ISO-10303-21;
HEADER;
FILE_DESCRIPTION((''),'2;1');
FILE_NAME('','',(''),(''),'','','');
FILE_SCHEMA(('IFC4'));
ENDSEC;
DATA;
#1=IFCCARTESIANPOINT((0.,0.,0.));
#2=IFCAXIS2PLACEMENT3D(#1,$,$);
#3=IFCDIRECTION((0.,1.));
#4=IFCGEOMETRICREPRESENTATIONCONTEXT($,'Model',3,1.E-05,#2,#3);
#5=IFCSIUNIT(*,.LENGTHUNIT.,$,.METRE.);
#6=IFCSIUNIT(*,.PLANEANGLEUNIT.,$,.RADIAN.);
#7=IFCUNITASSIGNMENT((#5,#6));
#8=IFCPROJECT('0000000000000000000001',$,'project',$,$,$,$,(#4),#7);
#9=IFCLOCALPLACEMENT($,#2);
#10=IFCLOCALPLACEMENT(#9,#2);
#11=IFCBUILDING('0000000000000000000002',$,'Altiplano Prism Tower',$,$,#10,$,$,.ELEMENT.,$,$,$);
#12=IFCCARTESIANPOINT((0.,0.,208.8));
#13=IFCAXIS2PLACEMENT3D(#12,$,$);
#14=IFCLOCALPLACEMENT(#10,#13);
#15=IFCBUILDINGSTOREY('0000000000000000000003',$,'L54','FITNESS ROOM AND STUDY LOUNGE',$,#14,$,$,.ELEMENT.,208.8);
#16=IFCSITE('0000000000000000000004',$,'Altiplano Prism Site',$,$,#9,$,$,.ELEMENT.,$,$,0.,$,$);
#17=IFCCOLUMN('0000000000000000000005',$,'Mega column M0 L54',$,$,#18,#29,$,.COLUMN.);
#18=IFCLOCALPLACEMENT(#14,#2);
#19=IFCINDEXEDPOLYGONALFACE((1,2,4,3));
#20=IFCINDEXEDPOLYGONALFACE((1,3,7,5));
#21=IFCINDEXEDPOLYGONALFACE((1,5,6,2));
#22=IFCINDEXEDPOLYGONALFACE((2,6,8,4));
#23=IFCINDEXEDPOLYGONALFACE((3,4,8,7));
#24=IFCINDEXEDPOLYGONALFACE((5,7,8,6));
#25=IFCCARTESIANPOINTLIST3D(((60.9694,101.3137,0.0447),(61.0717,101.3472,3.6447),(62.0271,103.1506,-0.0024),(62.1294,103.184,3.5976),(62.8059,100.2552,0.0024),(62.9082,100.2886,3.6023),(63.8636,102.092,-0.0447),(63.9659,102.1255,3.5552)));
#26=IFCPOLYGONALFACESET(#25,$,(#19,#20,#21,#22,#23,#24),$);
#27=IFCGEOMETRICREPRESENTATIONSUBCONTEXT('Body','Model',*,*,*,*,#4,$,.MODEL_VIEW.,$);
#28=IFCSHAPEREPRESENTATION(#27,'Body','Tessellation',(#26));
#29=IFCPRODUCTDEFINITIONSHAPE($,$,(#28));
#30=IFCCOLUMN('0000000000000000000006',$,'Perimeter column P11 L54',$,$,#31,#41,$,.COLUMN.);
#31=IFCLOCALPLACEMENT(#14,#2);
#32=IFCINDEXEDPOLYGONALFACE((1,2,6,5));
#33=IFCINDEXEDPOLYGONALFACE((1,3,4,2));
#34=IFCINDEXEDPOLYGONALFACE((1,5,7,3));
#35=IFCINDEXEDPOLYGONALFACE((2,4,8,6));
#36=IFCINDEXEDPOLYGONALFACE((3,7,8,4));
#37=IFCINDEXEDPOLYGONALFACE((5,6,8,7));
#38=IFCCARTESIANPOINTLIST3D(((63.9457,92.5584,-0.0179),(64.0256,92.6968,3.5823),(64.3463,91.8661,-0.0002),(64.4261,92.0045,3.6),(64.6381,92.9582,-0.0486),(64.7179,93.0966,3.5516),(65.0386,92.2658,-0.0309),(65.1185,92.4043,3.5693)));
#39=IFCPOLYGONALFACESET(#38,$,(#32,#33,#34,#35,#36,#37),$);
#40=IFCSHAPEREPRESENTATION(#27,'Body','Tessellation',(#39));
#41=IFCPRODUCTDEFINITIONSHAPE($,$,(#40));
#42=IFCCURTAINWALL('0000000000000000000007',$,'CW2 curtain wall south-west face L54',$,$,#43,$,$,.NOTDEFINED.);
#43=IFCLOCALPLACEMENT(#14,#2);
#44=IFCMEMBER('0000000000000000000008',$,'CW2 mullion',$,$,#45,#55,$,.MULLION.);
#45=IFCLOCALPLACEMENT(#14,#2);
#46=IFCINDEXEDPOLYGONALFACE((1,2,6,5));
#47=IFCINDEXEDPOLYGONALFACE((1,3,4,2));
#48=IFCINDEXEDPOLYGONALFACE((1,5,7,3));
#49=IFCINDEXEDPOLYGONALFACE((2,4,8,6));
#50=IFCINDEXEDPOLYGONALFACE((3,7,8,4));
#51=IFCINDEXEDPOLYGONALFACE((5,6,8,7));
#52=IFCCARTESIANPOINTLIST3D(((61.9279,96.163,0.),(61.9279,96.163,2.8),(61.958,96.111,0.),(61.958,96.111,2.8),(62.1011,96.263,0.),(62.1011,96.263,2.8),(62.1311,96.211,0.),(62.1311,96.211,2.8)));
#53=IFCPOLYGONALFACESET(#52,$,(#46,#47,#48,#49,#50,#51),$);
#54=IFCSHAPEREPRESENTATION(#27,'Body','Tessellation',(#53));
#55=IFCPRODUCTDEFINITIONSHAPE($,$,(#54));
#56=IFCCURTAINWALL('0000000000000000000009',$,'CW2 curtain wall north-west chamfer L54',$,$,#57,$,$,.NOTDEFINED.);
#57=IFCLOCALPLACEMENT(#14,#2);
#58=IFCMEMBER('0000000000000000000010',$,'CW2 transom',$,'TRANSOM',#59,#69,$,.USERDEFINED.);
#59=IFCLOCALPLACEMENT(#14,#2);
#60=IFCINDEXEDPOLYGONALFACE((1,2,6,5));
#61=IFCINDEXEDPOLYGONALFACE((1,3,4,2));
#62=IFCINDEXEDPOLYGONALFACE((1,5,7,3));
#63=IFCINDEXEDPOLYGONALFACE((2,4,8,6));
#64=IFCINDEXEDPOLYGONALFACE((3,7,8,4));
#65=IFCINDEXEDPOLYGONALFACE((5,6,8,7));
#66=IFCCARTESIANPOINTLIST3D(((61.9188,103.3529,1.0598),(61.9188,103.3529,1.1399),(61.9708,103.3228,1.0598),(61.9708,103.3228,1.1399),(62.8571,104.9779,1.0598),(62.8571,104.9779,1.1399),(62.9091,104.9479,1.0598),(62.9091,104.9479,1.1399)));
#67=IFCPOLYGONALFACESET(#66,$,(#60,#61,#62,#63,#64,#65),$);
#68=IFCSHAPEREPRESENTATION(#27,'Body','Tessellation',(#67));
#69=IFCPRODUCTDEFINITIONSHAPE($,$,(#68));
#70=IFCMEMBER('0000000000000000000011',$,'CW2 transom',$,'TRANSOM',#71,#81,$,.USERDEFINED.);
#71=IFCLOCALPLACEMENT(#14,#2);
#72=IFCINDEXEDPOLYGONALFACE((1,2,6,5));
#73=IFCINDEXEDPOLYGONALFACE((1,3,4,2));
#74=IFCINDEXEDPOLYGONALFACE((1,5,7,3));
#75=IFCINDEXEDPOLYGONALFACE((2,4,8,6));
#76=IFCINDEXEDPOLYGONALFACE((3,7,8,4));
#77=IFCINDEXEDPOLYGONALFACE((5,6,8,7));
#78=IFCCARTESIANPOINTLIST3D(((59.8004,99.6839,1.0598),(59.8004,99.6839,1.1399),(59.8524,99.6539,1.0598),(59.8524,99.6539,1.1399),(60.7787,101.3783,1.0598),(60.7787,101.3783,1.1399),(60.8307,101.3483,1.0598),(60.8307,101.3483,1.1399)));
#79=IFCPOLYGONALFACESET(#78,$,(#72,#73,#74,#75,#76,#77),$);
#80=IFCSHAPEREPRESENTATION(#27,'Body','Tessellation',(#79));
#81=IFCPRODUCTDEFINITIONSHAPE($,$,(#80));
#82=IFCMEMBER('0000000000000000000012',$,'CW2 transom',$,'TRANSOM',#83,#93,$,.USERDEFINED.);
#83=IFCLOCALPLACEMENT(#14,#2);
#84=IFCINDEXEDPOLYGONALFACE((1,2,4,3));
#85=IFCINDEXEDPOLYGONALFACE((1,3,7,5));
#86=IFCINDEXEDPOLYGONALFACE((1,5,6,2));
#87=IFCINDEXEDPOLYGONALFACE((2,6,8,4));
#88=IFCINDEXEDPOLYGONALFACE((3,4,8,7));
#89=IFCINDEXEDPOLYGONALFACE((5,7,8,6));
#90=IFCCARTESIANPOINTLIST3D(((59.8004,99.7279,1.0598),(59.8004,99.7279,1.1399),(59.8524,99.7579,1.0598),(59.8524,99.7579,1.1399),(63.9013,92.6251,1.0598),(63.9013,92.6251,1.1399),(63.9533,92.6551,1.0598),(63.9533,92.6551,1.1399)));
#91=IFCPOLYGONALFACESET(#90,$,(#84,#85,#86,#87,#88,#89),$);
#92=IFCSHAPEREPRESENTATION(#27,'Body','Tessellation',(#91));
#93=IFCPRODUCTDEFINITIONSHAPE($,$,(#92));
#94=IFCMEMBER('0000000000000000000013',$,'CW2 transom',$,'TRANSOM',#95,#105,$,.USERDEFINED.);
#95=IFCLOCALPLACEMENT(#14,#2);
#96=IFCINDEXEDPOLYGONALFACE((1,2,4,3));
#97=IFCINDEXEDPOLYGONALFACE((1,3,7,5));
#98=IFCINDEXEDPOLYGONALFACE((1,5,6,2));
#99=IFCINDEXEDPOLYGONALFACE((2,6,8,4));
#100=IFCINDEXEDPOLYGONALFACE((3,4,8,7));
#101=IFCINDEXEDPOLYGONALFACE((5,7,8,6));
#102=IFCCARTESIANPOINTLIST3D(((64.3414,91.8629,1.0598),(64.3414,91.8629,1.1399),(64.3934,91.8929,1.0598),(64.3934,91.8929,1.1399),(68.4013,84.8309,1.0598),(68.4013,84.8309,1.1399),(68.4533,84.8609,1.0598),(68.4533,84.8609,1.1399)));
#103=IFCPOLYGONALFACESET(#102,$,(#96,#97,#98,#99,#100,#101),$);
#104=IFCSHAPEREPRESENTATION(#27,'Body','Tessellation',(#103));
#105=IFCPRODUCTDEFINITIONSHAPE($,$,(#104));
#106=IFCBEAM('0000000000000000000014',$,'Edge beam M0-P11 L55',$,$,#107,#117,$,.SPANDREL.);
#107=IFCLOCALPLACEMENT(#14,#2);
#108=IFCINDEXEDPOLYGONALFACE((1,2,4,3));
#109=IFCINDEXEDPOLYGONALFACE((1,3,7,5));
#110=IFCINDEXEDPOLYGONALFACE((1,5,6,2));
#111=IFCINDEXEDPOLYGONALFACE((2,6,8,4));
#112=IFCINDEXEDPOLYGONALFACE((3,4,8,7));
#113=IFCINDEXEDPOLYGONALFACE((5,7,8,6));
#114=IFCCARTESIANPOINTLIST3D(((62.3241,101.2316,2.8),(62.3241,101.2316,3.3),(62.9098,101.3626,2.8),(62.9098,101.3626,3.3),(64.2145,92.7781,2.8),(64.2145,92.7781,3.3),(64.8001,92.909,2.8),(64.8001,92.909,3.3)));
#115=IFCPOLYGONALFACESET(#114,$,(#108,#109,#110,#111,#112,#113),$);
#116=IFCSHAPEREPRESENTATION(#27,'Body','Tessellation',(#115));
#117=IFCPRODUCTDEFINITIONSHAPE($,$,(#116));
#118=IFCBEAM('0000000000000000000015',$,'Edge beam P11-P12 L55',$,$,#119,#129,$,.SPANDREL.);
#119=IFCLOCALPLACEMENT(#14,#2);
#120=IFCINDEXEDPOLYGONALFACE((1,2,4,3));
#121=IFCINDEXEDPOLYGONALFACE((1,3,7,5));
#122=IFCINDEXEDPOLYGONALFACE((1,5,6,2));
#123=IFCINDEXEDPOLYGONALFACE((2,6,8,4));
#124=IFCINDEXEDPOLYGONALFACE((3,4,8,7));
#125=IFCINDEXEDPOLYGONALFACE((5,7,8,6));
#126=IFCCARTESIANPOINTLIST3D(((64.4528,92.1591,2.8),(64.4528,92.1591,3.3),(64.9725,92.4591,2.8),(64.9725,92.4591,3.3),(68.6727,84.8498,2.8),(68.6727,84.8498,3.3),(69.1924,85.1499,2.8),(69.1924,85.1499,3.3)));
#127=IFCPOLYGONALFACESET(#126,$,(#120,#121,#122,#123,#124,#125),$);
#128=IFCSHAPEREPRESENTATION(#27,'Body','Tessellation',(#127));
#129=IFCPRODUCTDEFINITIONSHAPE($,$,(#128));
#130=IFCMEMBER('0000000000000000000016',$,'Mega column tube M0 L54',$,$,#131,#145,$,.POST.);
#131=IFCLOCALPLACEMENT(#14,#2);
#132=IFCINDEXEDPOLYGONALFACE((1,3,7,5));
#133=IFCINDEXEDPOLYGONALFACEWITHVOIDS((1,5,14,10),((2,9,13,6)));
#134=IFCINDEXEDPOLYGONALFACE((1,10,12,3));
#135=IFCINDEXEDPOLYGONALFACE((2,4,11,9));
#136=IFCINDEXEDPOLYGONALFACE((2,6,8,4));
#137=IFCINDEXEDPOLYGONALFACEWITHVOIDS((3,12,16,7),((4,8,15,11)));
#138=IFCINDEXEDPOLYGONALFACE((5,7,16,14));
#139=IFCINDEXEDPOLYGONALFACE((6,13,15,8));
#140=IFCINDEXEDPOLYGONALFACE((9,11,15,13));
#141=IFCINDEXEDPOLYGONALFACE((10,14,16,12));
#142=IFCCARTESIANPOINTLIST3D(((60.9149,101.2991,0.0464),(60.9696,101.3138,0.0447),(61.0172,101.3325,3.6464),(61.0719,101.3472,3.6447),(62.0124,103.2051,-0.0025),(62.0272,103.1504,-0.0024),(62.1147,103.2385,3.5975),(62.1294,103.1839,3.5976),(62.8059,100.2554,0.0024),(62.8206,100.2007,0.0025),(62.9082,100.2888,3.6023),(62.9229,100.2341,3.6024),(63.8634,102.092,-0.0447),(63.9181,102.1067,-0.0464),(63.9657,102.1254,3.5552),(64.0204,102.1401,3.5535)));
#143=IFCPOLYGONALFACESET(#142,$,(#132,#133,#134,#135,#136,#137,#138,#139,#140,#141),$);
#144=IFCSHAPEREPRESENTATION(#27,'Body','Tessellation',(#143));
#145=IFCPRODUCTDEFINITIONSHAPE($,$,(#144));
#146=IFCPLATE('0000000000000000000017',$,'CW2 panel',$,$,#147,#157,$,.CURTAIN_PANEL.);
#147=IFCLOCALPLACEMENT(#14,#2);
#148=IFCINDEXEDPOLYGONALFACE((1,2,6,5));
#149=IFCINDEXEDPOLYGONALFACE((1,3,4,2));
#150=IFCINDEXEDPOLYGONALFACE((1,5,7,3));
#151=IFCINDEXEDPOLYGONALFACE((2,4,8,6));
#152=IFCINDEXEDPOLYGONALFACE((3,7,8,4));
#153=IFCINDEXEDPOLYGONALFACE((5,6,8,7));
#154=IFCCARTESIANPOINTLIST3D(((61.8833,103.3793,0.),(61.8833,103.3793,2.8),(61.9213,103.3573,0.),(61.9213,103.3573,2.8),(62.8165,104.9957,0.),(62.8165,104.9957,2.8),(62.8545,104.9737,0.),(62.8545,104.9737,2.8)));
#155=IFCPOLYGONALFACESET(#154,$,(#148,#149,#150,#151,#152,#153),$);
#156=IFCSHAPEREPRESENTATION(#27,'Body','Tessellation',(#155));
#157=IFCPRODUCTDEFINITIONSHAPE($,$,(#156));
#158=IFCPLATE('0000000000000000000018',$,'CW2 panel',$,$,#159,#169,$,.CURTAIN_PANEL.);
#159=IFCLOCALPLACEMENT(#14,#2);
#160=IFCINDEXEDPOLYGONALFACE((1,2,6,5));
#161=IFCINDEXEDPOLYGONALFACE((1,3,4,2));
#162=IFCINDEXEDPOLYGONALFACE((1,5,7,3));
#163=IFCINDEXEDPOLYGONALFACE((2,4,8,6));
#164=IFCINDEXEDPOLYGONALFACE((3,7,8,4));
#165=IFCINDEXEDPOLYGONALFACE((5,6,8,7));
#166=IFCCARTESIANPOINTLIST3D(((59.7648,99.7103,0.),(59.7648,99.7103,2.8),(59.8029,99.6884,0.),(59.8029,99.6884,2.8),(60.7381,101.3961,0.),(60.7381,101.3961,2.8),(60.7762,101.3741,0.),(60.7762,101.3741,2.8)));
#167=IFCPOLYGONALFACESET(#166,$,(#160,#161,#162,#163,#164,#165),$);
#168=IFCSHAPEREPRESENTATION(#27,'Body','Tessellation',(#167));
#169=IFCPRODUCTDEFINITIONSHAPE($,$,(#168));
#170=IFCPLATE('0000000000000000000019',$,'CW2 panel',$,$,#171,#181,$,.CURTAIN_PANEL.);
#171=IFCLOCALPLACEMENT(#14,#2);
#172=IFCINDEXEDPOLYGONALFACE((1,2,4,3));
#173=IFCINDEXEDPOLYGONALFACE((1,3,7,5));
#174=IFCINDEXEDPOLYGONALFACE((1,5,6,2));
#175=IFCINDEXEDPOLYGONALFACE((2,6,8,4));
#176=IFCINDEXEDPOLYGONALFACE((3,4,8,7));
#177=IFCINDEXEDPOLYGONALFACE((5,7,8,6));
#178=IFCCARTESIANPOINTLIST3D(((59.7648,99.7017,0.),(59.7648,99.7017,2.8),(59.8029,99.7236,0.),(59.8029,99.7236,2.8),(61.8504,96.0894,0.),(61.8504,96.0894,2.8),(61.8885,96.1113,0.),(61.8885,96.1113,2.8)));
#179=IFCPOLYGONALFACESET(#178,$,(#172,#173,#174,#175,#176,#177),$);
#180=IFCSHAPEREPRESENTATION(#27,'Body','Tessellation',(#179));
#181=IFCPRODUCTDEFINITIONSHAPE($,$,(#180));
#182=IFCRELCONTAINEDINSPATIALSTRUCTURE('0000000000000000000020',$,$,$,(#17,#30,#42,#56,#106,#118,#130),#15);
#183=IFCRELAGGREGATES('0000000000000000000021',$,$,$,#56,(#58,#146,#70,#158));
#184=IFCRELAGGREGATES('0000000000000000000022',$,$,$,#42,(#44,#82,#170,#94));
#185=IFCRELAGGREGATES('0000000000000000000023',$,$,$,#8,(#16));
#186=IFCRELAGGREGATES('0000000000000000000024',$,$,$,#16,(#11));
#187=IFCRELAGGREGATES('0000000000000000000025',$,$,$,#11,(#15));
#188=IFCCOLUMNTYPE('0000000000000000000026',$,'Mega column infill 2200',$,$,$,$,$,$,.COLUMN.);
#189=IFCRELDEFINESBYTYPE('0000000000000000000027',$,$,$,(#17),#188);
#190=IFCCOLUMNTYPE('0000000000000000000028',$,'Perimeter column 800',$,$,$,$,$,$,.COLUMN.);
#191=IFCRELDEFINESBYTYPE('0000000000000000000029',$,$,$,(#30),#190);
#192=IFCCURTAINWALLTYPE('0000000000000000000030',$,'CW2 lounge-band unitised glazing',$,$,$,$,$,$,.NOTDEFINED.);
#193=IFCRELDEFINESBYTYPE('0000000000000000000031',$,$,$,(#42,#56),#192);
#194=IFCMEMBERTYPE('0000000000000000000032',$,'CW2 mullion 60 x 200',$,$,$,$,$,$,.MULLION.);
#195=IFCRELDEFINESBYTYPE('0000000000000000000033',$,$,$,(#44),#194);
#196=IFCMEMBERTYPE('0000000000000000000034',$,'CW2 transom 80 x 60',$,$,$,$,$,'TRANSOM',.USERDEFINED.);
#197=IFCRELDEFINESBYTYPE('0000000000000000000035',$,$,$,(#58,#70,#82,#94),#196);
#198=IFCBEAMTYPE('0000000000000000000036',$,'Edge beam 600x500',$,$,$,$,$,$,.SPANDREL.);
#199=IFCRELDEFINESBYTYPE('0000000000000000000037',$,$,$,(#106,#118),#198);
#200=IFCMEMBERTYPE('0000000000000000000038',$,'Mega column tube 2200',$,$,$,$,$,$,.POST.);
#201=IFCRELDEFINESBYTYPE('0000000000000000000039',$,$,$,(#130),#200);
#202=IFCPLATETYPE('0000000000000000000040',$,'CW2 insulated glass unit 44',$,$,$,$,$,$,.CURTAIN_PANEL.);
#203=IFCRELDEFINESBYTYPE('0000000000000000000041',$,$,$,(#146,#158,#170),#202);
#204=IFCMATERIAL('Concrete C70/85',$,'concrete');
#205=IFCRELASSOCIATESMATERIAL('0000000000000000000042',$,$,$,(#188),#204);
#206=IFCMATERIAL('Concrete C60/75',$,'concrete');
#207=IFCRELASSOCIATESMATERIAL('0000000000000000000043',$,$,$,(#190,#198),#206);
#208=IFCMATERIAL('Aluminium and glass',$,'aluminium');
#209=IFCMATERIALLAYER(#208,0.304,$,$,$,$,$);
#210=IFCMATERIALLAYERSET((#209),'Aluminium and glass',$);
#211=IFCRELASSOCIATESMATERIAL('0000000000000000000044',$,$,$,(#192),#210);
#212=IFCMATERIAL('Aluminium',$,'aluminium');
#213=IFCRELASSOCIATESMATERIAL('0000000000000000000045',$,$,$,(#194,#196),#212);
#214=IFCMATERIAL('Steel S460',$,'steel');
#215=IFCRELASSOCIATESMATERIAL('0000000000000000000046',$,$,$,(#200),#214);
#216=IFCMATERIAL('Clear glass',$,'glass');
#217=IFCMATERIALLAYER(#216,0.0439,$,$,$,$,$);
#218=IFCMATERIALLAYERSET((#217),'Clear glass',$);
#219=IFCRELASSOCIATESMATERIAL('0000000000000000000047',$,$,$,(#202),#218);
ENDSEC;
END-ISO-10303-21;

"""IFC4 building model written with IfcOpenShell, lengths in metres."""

from ifc_helpers import new_model, si_unit, direction, frame, origin, origin_2d, place, context, subcontext, project, spatial, rectangle, hollow_rectangle, extrude, material, layer, layer_set, material_profile, profile_set, type_object, element, aggregate, save


model = new_model("IFC4")

# Units and contexts
model_context = context("Model", 3, precision=1e-05, world=origin(), true_north=direction((0.0, 1.0)))
body_context = subcontext(model_context, "Body", "Model", "MODEL_VIEW")
ifc_project = project(units=[si_unit("LENGTHUNIT", "METRE"), si_unit("PLANEANGLEUNIT", "RADIAN")], contexts=[model_context])

# Site, building, storey
site_placement = place(None, origin())
site = spatial("IfcSite", under=ifc_project, at=site_placement, Name="Altiplano Prism Site", CompositionType="ELEMENT", RefElevation=0.0)
building_placement = place(site_placement, origin())
building = spatial("IfcBuilding", under=site, at=building_placement, Name="Altiplano Prism Tower", CompositionType="ELEMENT")
storey_placement = place(building_placement, frame((0.0, 0.0, 208.8)))
storey = spatial("IfcBuildingStorey", under=building, at=storey_placement, Name="L54", Description="FITNESS ROOM AND STUDY LOUNGE", CompositionType="ELEMENT", Elevation=208.8)

# Columns
ifc_material_1 = material(Name="Concrete C70/85", Category="concrete")
ifc_material_profile_1 = material_profile(ifc_material_1, rectangle(XDim=2.1201, YDim=2.1201, at=origin_2d()), Name="Mega column infill 2200")
ifc_profile_set_1 = profile_set([ifc_material_profile_1], Name="Concrete C70/85")
column_type_1 = type_object("IfcColumnType", Name="Mega column infill 2200", PredefinedType="COLUMN", material=ifc_profile_set_1)
column_1_placement = place(storey_placement, frame((62.4165, 101.7029, 0.0), z_axis=(0.028404, 0.009287, 0.999553), x_axis=(-0.866209, 0.499282, 0.019976)))
element("IfcColumn", 1, at=column_1_placement, inside=storey, type_object=column_type_1, Name="Mega column M0 L54", PredefinedType="COLUMN", context=body_context, shape_type="SweptSolid", body=[
    extrude(rectangle(XDim=2.1201, YDim=2.1201, at=origin_2d()), origin(), (0.0, 0.0, 1.0), 3.6016),
])
ifc_material_2 = material(Name="Concrete C60/75", Category="concrete")
ifc_material_profile_2 = material_profile(ifc_material_2, rectangle(XDim=0.8, YDim=0.8, at=origin_2d()), Name="Perimeter column 800")
ifc_profile_set_2 = profile_set([ifc_material_profile_2], Name="Concrete C60/75")
column_type_2 = type_object("IfcColumnType", Name="Perimeter column 800", PredefinedType="COLUMN", material=ifc_profile_set_2)
column_2_placement = place(storey_placement, frame((64.4922, 92.4121, -0.0244), z_axis=(0.022154, 0.038413, 0.999016), x_axis=(-0.865365, -0.499669, 0.038403)))
element("IfcColumn", 2, at=column_2_placement, inside=storey, type_object=column_type_2, Name="Perimeter column P11 L54", PredefinedType="COLUMN", context=body_context, shape_type="SweptSolid", body=[
    extrude(rectangle(XDim=0.8, YDim=0.8, at=origin_2d()), origin(), (0.0, 0.0, 1.0), 3.6038),
])

# Curtain wall, member
ifc_material_3 = material(Name="Aluminium and glass", Category="aluminium")
ifc_layer_1 = layer(ifc_material_3, 0.304)
ifc_layer_set_1 = layer_set([ifc_layer_1], Name="Aluminium and glass")
curtain_wall_type = type_object("IfcCurtainWallType", Name="CW2 lounge-band unitised glazing", PredefinedType="NOTDEFINED", material=ifc_layer_set_1)
curtain_wall_1_placement = place(storey_placement, origin())
curtain_wall_1 = element("IfcCurtainWall", 3, at=curtain_wall_1_placement, inside=storey, type_object=curtain_wall_type, Name="CW2 curtain wall south-west face L54", PredefinedType="NOTDEFINED")
ifc_material_4 = material(Name="Aluminium", Category="aluminium")
ifc_material_profile_3 = material_profile(ifc_material_4, rectangle(XDim=0.2, YDim=0.0601, at=origin_2d()), Name="CW2 mullion 60 x 200")
ifc_profile_set_3 = profile_set([ifc_material_profile_3], Name="Aluminium")
member_type_1 = type_object("IfcMemberType", Name="CW2 mullion 60 x 200", PredefinedType="MULLION", material=ifc_profile_set_3)
member_1_placement = place(storey_placement, frame((62.0295, 96.187, 0.0), z_axis=(0.0, 0.0, 1.0), x_axis=(0.866025, 0.5, 0.0)))
member_1 = element("IfcMember", 4, at=member_1_placement, type_object=member_type_1, Name="CW2 mullion", PredefinedType="MULLION", context=body_context, shape_type="SweptSolid", body=[
    extrude(rectangle(XDim=0.2, YDim=0.0601, at=origin_2d()), origin(), (0.0, 0.0, 1.0), 2.8),
])

# Curtain wall, members
curtain_wall_2_placement = place(storey_placement, origin())
curtain_wall_2 = element("IfcCurtainWall", 5, at=curtain_wall_2_placement, inside=storey, type_object=curtain_wall_type, Name="CW2 curtain wall north-west chamfer L54", PredefinedType="NOTDEFINED")
ifc_material_profile_4 = material_profile(ifc_material_4, rectangle(XDim=0.0601, YDim=0.0801, at=origin_2d()), Name="CW2 transom 80 x 60")
ifc_profile_set_4 = profile_set([ifc_material_profile_4], Name="Aluminium")
member_type_2 = type_object("IfcMemberType", Name="CW2 transom 80 x 60", ElementType="TRANSOM", PredefinedType="USERDEFINED", material=ifc_profile_set_4)
member_2_placement = place(storey_placement, frame((62.8831, 104.9629, 1.0999), z_axis=(-0.500015, -0.866017, 0.0), x_axis=(0.866017, -0.500015, 0.0)))
member_2 = element("IfcMember", 6, at=member_2_placement, type_object=member_type_2, Name="CW2 transom", ObjectType="TRANSOM", PredefinedType="USERDEFINED", context=body_context, shape_type="SweptSolid", body=[
    extrude(rectangle(XDim=0.0601, YDim=0.0801, at=origin_2d()), origin(), (0.0, 0.0, 1.0), 1.8765),
])
member_3_placement = place(storey_placement, frame((60.8047, 101.3633, 1.0999), z_axis=(-0.500018, -0.866015, 0.0), x_axis=(0.866015, -0.500018, 0.0)))
member_3 = element("IfcMember", 7, at=member_3_placement, type_object=member_type_2, Name="CW2 transom", ObjectType="TRANSOM", PredefinedType="USERDEFINED", context=body_context, shape_type="SweptSolid", body=[
    extrude(rectangle(XDim=0.0601, YDim=0.0801, at=origin_2d()), origin(), (0.0, 0.0, 1.0), 1.9565),
])

# Members
member_4_placement = place(storey_placement, frame((59.8264, 99.7429, 1.0999), z_axis=(0.500003, -0.866023, 0.0), x_axis=(0.866023, 0.500003, 0.0)))
member_4 = element("IfcMember", 8, at=member_4_placement, type_object=member_type_2, Name="CW2 transom", ObjectType="TRANSOM", PredefinedType="USERDEFINED", context=body_context, shape_type="SweptSolid", body=[
    extrude(rectangle(XDim=0.0601, YDim=0.0801, at=origin_2d()), origin(), (0.0, 0.0, 1.0), 8.2017),
])
member_5_placement = place(storey_placement, frame((64.3674, 91.8779, 1.0999), z_axis=(0.499991, -0.866031, 0.0), x_axis=(0.866031, 0.499991, 0.0)))
member_5 = element("IfcMember", 9, at=member_5_placement, type_object=member_type_2, Name="CW2 transom", ObjectType="TRANSOM", PredefinedType="USERDEFINED", context=body_context, shape_type="SweptSolid", body=[
    extrude(rectangle(XDim=0.0601, YDim=0.0801, at=origin_2d()), origin(), (0.0, 0.0, 1.0), 8.1199),
])

# Beams
ifc_material_profile_5 = material_profile(ifc_material_2, rectangle(XDim=0.6001, YDim=0.5, at=origin_2d()), Name="Edge beam 600x500")
ifc_profile_set_5 = profile_set([ifc_material_profile_5], Name="Concrete C60/75")
beam_type = type_object("IfcBeamType", Name="Edge beam 600x500", PredefinedType="SPANDREL", material=ifc_profile_set_5)
beam_1_placement = place(storey_placement, frame((62.6169, 101.2971, 3.05), z_axis=(0.218228, -0.975898, 0.0), x_axis=(0.975898, 0.218228, 0.0)))
element("IfcBeam", 10, at=beam_1_placement, inside=storey, type_object=beam_type, Name="Edge beam M0-P11 L55", PredefinedType="SPANDREL", context=body_context, shape_type="SweptSolid", body=[
    extrude(rectangle(XDim=0.6001, YDim=0.5, at=origin_2d()), origin(), (0.0, 0.0, 1.0), 8.6624),
])
beam_2_placement = place(storey_placement, frame((64.7126, 92.3091, 3.05), z_axis=(0.499994, -0.866029, 0.0), x_axis=(0.866029, 0.499994, 0.0)))
element("IfcBeam", 11, at=beam_2_placement, inside=storey, type_object=beam_type, Name="Edge beam P11-P12 L55", PredefinedType="SPANDREL", context=body_context, shape_type="SweptSolid", body=[
    extrude(rectangle(XDim=0.6001, YDim=0.5, at=origin_2d()), origin(), (0.0, 0.0, 1.0), 8.4399),
])

# Member
ifc_material_5 = material(Name="Steel S460", Category="steel")
ifc_material_profile_6 = material_profile(ifc_material_5, hollow_rectangle(XDim=2.2, YDim=2.2, WallThickness=0.04, at=origin_2d()), Name="Mega column tube 2200")
ifc_profile_set_6 = profile_set([ifc_material_profile_6], Name="Steel S460")
member_type_3 = type_object("IfcMemberType", Name="Mega column tube 2200", PredefinedType="POST", material=ifc_profile_set_6)
member_6_placement = place(storey_placement, frame((62.4165, 101.7029, 0.0), z_axis=(0.028404, 0.009287, 0.999553), x_axis=(-0.866209, 0.499282, 0.019976)))
element("IfcMember", 12, at=member_6_placement, inside=storey, type_object=member_type_3, Name="Mega column tube M0 L54", PredefinedType="POST", context=body_context, shape_type="SweptSolid", body=[
    extrude(hollow_rectangle(XDim=2.2, YDim=2.2, WallThickness=0.04, at=origin_2d()), origin(), (0.0, 0.0, 1.0), 3.6016),
])

# Plates
ifc_material_6 = material(Name="Clear glass", Category="glass")
ifc_layer_2 = layer(ifc_material_6, 0.0439)
ifc_layer_set_2 = layer_set([ifc_layer_2], Name="Clear glass")
plate_type = type_object("IfcPlateType", Name="CW2 insulated glass unit 44", PredefinedType="CURTAIN_PANEL", material=ifc_layer_set_2)
plate_1_placement = place(storey_placement, frame((62.3689, 104.1765, 0.0), z_axis=(0.0, 0.0, 1.0), x_axis=(-0.5, -0.866025, 0.0)))
plate_1 = element("IfcPlate", 13, at=plate_1_placement, type_object=plate_type, Name="CW2 panel", PredefinedType="CURTAIN_PANEL", context=body_context, shape_type="SweptSolid", body=[
    extrude(rectangle(XDim=1.8665, YDim=0.0439, at=origin_2d()), origin(), (0.0, 0.0, 1.0), 2.8),
])
plate_2_placement = place(storey_placement, frame((60.2705, 100.5422, 0.0), z_axis=(0.0, 0.0, 1.0), x_axis=(-0.5, -0.866025, 0.0)))
plate_2 = element("IfcPlate", 14, at=plate_2_placement, type_object=plate_type, Name="CW2 panel", PredefinedType="CURTAIN_PANEL", context=body_context, shape_type="SweptSolid", body=[
    extrude(rectangle(XDim=1.9465, YDim=0.0439, at=origin_2d()), origin(), (0.0, 0.0, 1.0), 2.8),
])
aggregate(curtain_wall_2, [member_2, plate_1, member_3, plate_2])
plate_3_placement = place(storey_placement, frame((60.8267, 97.9065, 0.0), z_axis=(0.0, 0.0, 1.0), x_axis=(0.5, -0.866025, 0.0)))
plate_3 = element("IfcPlate", 15, at=plate_3_placement, type_object=plate_type, Name="CW2 panel", PredefinedType="CURTAIN_PANEL", context=body_context, shape_type="SweptSolid", body=[
    extrude(rectangle(XDim=4.1711, YDim=0.0439, at=origin_2d()), origin(), (0.0, 0.0, 1.0), 2.8),
])
aggregate(curtain_wall_1, [member_1, member_4, plate_3, member_5])

save(model, "model.ifc")
